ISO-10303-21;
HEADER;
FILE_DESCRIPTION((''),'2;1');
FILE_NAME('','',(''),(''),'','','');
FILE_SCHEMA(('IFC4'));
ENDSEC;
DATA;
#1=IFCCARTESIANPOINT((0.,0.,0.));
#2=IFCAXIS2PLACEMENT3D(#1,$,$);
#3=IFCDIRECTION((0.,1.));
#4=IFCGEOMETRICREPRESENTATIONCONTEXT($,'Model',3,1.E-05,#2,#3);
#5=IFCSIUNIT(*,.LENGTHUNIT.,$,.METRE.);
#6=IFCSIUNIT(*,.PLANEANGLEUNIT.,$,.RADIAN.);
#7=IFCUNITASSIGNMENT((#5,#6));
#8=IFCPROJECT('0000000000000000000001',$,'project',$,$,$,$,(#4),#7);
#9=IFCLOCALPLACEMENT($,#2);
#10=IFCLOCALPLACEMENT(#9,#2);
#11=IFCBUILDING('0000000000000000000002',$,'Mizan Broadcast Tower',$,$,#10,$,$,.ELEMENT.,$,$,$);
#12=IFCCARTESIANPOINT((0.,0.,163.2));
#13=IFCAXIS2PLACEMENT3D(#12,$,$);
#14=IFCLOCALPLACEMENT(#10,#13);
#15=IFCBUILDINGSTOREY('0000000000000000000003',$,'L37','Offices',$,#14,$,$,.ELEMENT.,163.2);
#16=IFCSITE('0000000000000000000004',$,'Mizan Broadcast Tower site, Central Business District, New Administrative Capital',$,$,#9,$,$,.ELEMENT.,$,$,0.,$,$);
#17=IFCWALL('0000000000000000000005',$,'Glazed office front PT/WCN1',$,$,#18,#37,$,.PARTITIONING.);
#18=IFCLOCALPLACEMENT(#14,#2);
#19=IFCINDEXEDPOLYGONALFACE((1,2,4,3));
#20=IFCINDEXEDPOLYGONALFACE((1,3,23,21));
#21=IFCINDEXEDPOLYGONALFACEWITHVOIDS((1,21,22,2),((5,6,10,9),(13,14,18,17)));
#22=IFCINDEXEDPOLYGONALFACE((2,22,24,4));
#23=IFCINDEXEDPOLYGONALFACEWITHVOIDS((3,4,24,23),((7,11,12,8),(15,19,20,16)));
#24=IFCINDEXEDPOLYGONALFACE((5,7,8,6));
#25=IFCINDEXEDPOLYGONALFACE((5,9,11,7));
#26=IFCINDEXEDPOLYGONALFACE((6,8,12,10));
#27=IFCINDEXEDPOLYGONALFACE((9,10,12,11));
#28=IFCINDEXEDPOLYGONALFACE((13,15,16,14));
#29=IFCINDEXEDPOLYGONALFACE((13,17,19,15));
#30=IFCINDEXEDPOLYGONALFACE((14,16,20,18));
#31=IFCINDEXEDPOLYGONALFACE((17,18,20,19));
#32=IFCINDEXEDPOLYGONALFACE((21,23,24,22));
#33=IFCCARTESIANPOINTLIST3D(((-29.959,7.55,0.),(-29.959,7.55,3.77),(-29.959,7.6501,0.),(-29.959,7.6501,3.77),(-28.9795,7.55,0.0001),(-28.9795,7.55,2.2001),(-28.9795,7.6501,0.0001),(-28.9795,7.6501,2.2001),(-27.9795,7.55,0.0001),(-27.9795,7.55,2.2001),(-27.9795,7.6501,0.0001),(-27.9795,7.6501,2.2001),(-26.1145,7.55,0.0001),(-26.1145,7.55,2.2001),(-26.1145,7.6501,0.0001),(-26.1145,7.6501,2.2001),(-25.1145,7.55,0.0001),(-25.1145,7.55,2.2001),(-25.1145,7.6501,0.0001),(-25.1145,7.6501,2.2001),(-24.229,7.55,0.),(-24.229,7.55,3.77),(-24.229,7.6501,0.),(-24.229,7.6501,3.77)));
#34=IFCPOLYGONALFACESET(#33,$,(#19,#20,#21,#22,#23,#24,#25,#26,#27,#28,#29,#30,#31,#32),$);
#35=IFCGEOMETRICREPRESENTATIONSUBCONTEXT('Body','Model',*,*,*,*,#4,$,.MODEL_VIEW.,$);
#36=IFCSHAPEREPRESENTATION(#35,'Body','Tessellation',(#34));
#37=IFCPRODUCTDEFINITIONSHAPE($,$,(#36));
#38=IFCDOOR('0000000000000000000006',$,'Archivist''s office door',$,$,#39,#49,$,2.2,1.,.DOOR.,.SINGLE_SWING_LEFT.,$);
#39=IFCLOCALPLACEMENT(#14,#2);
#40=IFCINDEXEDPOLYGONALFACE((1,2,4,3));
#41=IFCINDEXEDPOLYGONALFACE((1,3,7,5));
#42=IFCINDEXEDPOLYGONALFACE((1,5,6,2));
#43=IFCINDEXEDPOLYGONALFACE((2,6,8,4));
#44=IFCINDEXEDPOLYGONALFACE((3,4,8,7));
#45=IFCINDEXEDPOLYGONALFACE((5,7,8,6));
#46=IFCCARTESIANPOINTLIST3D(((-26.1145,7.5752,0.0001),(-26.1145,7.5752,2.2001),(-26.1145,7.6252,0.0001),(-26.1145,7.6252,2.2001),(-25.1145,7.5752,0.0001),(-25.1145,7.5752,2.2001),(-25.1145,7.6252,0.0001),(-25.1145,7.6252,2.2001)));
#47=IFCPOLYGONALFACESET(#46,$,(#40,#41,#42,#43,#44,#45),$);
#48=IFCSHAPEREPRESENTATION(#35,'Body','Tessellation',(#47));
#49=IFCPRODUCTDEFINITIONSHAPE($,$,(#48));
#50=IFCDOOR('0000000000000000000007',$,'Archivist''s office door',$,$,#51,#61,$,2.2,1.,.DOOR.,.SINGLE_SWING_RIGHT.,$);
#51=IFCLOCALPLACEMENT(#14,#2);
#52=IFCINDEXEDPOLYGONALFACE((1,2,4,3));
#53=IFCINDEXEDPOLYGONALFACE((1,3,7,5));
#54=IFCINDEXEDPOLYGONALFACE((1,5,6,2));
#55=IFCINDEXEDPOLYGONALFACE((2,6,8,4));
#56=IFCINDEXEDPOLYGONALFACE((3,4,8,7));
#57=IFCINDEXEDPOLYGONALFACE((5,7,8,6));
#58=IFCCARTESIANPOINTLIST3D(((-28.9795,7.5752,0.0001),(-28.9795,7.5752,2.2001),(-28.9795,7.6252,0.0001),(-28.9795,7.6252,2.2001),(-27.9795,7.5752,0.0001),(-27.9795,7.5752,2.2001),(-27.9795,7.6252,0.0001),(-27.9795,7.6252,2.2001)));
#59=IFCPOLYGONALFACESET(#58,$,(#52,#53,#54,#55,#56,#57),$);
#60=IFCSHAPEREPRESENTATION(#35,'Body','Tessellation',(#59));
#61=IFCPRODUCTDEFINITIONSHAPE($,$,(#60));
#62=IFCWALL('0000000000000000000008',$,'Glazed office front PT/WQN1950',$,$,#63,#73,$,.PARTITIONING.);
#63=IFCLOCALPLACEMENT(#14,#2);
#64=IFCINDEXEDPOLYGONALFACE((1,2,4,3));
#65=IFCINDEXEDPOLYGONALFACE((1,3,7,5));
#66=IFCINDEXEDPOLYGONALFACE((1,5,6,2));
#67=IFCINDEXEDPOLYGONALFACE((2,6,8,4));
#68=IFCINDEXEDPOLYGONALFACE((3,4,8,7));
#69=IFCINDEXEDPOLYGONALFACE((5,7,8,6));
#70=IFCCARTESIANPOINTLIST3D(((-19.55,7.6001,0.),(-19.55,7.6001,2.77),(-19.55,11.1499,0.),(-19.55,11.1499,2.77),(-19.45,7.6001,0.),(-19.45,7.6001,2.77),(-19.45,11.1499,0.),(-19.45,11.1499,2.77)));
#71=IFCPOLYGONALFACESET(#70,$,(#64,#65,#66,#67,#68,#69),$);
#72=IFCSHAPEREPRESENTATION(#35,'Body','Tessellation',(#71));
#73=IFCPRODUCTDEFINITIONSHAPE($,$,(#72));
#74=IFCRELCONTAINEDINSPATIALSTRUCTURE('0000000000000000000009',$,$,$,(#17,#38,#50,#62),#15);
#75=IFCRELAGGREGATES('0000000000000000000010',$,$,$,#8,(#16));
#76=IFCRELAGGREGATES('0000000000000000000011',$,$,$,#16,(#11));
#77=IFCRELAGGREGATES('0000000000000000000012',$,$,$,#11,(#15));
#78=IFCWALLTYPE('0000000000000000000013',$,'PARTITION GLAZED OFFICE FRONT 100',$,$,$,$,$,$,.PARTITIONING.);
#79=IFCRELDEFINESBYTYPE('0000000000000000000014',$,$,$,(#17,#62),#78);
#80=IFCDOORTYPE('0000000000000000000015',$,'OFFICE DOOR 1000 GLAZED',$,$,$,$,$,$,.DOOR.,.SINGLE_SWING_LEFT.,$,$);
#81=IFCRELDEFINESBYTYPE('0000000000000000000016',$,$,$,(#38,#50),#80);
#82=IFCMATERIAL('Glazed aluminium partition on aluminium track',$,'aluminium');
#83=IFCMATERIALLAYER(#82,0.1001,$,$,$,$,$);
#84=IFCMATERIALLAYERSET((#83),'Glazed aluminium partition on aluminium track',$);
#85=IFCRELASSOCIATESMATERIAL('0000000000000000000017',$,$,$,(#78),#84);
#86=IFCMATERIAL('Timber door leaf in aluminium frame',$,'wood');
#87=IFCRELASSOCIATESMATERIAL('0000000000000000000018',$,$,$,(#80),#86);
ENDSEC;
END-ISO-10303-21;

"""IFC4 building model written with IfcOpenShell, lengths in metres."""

from ifc_helpers import new_model, si_unit, direction, frame, frame_2d, origin, place, context, subcontext, project, spatial, rectangle, extrude, material, layer, layer_set, type_object, element, fill, save


model = new_model("IFC4")

# Units and contexts
model_context = context("Model", 3, precision=1e-05, world=origin(), true_north=direction((0.0, 1.0)))
body_context = subcontext(model_context, "Body", "Model", "MODEL_VIEW")
ifc_project = project(units=[si_unit("LENGTHUNIT", "METRE"), si_unit("PLANEANGLEUNIT", "RADIAN")], contexts=[model_context])

# Site, building, storey
site_placement = place(None, origin())
site = spatial("IfcSite", under=ifc_project, at=site_placement, Name="Mizan Broadcast Tower site, Central Business District, New Administrative Capital", CompositionType="ELEMENT", RefElevation=0.0)
building_placement = place(site_placement, origin())
building = spatial("IfcBuilding", under=site, at=building_placement, Name="Mizan Broadcast Tower", CompositionType="ELEMENT")
storey_placement = place(building_placement, frame((0.0, 0.0, 163.2)))
storey = spatial("IfcBuildingStorey", under=building, at=storey_placement, Name="L37", Description="Offices", CompositionType="ELEMENT", Elevation=163.2)

# Shared definitions
ifc_material_1 = material(Name="Glazed aluminium partition on aluminium track", Category="aluminium")
ifc_layer_1 = layer(ifc_material_1, 0.1001)
ifc_layer_set_1 = layer_set([ifc_layer_1], Name="Glazed aluminium partition on aluminium track")
wall_type_1 = type_object("IfcWallType", Name="PARTITION GLAZED OFFICE FRONT 100", PredefinedType="PARTITIONING", material=ifc_layer_set_1)
ifc_material_2 = material(Name="Timber door leaf in aluminium frame", Category="wood")
door_type_1 = type_object("IfcDoorType", Name="OFFICE DOOR 1000 GLAZED", OperationType="SINGLE_SWING_LEFT", PredefinedType="DOOR", material=ifc_material_2)

# Wall, openings, doors
wall_1_placement = place(storey_placement, frame((-24.229, 7.6001, 0.0), z_axis=(0.0, 0.0, 1.0), x_axis=(-1.0, 0.0, 0.0)))
wall_1 = element("IfcWall", 1, at=wall_1_placement, inside=storey, type_object=wall_type_1, Name="Glazed office front PT/WCN1", PredefinedType="PARTITIONING", context=body_context, shape_type="SweptSolid", body=[
    extrude(rectangle(XDim=5.73, YDim=0.1001, at=frame_2d((2.865, 0.0))), origin(), (0.0, 0.0, 1.0), 3.77),
])
opening_1_placement = place(wall_1_placement, frame((0.8855, 0.0, 0.0)))
opening_1 = element("IfcOpeningElement", 2, at=opening_1_placement, cuts=wall_1, PredefinedType="OPENING", context=body_context, shape_type="SweptSolid", body=[
    extrude(rectangle(XDim=1.0, YDim=2.2, at=frame_2d((0.5, 1.1001))), frame((0.0, 0.0601, 0.0), z_axis=(0.0, -1.0, 0.0), x_axis=(1.0, 0.0, 0.0)), (0.0, 0.0, 1.0), 0.1201),
])
opening_2_placement = place(wall_1_placement, frame((3.7505, 0.0, 0.0)))
opening_2 = element("IfcOpeningElement", 3, at=opening_2_placement, cuts=wall_1, PredefinedType="OPENING", context=body_context, shape_type="SweptSolid", body=[
    extrude(rectangle(XDim=1.0, YDim=2.2, at=frame_2d((0.5, 1.1001))), frame((0.0, 0.0601, 0.0), z_axis=(0.0, -1.0, 0.0), x_axis=(1.0, 0.0, 0.0)), (0.0, 0.0, 1.0), 0.1201),
])
door_1_placement = place(opening_1_placement, origin())
door_1 = element("IfcDoor", 4, at=door_1_placement, inside=storey, type_object=door_type_1, Name="Archivist's office door", OperationType="SINGLE_SWING_LEFT", OverallHeight=2.2, OverallWidth=1.0, PredefinedType="DOOR", context=body_context, shape_type="SweptSolid", body=[
    extrude(rectangle(XDim=1.0, YDim=2.2, at=frame_2d((0.5, 1.1001))), frame((0.0, 0.0249, 0.0), z_axis=(0.0, -1.0, 0.0), x_axis=(1.0, 0.0, 0.0)), (0.0, 0.0, 1.0), 0.05),
])
fill(opening_1, door_1)
door_2_placement = place(opening_2_placement, origin())
door_2 = element("IfcDoor", 5, at=door_2_placement, inside=storey, type_object=door_type_1, Name="Archivist's office door", OperationType="SINGLE_SWING_RIGHT", OverallHeight=2.2, OverallWidth=1.0, PredefinedType="DOOR", context=body_context, shape_type="SweptSolid", body=[
    extrude(rectangle(XDim=1.0, YDim=2.2, at=frame_2d((0.5, 1.1001))), frame((0.0, 0.0249, 0.0), z_axis=(0.0, -1.0, 0.0), x_axis=(1.0, 0.0, 0.0)), (0.0, 0.0, 1.0), 0.05),
])
fill(opening_2, door_2)

# Wall
wall_2_placement = place(storey_placement, frame((-19.5, 7.6001, 0.0), z_axis=(0.0, 0.0, 1.0), x_axis=(0.0, 1.0, 0.0)))
element("IfcWall", 6, at=wall_2_placement, inside=storey, type_object=wall_type_1, Name="Glazed office front PT/WQN1950", PredefinedType="PARTITIONING", context=body_context, shape_type="SweptSolid", body=[
    extrude(rectangle(XDim=3.5498, YDim=0.1001, at=frame_2d((1.7749, 0.0))), origin(), (0.0, 0.0, 1.0), 2.77),
])

save(model, "model.ifc")
